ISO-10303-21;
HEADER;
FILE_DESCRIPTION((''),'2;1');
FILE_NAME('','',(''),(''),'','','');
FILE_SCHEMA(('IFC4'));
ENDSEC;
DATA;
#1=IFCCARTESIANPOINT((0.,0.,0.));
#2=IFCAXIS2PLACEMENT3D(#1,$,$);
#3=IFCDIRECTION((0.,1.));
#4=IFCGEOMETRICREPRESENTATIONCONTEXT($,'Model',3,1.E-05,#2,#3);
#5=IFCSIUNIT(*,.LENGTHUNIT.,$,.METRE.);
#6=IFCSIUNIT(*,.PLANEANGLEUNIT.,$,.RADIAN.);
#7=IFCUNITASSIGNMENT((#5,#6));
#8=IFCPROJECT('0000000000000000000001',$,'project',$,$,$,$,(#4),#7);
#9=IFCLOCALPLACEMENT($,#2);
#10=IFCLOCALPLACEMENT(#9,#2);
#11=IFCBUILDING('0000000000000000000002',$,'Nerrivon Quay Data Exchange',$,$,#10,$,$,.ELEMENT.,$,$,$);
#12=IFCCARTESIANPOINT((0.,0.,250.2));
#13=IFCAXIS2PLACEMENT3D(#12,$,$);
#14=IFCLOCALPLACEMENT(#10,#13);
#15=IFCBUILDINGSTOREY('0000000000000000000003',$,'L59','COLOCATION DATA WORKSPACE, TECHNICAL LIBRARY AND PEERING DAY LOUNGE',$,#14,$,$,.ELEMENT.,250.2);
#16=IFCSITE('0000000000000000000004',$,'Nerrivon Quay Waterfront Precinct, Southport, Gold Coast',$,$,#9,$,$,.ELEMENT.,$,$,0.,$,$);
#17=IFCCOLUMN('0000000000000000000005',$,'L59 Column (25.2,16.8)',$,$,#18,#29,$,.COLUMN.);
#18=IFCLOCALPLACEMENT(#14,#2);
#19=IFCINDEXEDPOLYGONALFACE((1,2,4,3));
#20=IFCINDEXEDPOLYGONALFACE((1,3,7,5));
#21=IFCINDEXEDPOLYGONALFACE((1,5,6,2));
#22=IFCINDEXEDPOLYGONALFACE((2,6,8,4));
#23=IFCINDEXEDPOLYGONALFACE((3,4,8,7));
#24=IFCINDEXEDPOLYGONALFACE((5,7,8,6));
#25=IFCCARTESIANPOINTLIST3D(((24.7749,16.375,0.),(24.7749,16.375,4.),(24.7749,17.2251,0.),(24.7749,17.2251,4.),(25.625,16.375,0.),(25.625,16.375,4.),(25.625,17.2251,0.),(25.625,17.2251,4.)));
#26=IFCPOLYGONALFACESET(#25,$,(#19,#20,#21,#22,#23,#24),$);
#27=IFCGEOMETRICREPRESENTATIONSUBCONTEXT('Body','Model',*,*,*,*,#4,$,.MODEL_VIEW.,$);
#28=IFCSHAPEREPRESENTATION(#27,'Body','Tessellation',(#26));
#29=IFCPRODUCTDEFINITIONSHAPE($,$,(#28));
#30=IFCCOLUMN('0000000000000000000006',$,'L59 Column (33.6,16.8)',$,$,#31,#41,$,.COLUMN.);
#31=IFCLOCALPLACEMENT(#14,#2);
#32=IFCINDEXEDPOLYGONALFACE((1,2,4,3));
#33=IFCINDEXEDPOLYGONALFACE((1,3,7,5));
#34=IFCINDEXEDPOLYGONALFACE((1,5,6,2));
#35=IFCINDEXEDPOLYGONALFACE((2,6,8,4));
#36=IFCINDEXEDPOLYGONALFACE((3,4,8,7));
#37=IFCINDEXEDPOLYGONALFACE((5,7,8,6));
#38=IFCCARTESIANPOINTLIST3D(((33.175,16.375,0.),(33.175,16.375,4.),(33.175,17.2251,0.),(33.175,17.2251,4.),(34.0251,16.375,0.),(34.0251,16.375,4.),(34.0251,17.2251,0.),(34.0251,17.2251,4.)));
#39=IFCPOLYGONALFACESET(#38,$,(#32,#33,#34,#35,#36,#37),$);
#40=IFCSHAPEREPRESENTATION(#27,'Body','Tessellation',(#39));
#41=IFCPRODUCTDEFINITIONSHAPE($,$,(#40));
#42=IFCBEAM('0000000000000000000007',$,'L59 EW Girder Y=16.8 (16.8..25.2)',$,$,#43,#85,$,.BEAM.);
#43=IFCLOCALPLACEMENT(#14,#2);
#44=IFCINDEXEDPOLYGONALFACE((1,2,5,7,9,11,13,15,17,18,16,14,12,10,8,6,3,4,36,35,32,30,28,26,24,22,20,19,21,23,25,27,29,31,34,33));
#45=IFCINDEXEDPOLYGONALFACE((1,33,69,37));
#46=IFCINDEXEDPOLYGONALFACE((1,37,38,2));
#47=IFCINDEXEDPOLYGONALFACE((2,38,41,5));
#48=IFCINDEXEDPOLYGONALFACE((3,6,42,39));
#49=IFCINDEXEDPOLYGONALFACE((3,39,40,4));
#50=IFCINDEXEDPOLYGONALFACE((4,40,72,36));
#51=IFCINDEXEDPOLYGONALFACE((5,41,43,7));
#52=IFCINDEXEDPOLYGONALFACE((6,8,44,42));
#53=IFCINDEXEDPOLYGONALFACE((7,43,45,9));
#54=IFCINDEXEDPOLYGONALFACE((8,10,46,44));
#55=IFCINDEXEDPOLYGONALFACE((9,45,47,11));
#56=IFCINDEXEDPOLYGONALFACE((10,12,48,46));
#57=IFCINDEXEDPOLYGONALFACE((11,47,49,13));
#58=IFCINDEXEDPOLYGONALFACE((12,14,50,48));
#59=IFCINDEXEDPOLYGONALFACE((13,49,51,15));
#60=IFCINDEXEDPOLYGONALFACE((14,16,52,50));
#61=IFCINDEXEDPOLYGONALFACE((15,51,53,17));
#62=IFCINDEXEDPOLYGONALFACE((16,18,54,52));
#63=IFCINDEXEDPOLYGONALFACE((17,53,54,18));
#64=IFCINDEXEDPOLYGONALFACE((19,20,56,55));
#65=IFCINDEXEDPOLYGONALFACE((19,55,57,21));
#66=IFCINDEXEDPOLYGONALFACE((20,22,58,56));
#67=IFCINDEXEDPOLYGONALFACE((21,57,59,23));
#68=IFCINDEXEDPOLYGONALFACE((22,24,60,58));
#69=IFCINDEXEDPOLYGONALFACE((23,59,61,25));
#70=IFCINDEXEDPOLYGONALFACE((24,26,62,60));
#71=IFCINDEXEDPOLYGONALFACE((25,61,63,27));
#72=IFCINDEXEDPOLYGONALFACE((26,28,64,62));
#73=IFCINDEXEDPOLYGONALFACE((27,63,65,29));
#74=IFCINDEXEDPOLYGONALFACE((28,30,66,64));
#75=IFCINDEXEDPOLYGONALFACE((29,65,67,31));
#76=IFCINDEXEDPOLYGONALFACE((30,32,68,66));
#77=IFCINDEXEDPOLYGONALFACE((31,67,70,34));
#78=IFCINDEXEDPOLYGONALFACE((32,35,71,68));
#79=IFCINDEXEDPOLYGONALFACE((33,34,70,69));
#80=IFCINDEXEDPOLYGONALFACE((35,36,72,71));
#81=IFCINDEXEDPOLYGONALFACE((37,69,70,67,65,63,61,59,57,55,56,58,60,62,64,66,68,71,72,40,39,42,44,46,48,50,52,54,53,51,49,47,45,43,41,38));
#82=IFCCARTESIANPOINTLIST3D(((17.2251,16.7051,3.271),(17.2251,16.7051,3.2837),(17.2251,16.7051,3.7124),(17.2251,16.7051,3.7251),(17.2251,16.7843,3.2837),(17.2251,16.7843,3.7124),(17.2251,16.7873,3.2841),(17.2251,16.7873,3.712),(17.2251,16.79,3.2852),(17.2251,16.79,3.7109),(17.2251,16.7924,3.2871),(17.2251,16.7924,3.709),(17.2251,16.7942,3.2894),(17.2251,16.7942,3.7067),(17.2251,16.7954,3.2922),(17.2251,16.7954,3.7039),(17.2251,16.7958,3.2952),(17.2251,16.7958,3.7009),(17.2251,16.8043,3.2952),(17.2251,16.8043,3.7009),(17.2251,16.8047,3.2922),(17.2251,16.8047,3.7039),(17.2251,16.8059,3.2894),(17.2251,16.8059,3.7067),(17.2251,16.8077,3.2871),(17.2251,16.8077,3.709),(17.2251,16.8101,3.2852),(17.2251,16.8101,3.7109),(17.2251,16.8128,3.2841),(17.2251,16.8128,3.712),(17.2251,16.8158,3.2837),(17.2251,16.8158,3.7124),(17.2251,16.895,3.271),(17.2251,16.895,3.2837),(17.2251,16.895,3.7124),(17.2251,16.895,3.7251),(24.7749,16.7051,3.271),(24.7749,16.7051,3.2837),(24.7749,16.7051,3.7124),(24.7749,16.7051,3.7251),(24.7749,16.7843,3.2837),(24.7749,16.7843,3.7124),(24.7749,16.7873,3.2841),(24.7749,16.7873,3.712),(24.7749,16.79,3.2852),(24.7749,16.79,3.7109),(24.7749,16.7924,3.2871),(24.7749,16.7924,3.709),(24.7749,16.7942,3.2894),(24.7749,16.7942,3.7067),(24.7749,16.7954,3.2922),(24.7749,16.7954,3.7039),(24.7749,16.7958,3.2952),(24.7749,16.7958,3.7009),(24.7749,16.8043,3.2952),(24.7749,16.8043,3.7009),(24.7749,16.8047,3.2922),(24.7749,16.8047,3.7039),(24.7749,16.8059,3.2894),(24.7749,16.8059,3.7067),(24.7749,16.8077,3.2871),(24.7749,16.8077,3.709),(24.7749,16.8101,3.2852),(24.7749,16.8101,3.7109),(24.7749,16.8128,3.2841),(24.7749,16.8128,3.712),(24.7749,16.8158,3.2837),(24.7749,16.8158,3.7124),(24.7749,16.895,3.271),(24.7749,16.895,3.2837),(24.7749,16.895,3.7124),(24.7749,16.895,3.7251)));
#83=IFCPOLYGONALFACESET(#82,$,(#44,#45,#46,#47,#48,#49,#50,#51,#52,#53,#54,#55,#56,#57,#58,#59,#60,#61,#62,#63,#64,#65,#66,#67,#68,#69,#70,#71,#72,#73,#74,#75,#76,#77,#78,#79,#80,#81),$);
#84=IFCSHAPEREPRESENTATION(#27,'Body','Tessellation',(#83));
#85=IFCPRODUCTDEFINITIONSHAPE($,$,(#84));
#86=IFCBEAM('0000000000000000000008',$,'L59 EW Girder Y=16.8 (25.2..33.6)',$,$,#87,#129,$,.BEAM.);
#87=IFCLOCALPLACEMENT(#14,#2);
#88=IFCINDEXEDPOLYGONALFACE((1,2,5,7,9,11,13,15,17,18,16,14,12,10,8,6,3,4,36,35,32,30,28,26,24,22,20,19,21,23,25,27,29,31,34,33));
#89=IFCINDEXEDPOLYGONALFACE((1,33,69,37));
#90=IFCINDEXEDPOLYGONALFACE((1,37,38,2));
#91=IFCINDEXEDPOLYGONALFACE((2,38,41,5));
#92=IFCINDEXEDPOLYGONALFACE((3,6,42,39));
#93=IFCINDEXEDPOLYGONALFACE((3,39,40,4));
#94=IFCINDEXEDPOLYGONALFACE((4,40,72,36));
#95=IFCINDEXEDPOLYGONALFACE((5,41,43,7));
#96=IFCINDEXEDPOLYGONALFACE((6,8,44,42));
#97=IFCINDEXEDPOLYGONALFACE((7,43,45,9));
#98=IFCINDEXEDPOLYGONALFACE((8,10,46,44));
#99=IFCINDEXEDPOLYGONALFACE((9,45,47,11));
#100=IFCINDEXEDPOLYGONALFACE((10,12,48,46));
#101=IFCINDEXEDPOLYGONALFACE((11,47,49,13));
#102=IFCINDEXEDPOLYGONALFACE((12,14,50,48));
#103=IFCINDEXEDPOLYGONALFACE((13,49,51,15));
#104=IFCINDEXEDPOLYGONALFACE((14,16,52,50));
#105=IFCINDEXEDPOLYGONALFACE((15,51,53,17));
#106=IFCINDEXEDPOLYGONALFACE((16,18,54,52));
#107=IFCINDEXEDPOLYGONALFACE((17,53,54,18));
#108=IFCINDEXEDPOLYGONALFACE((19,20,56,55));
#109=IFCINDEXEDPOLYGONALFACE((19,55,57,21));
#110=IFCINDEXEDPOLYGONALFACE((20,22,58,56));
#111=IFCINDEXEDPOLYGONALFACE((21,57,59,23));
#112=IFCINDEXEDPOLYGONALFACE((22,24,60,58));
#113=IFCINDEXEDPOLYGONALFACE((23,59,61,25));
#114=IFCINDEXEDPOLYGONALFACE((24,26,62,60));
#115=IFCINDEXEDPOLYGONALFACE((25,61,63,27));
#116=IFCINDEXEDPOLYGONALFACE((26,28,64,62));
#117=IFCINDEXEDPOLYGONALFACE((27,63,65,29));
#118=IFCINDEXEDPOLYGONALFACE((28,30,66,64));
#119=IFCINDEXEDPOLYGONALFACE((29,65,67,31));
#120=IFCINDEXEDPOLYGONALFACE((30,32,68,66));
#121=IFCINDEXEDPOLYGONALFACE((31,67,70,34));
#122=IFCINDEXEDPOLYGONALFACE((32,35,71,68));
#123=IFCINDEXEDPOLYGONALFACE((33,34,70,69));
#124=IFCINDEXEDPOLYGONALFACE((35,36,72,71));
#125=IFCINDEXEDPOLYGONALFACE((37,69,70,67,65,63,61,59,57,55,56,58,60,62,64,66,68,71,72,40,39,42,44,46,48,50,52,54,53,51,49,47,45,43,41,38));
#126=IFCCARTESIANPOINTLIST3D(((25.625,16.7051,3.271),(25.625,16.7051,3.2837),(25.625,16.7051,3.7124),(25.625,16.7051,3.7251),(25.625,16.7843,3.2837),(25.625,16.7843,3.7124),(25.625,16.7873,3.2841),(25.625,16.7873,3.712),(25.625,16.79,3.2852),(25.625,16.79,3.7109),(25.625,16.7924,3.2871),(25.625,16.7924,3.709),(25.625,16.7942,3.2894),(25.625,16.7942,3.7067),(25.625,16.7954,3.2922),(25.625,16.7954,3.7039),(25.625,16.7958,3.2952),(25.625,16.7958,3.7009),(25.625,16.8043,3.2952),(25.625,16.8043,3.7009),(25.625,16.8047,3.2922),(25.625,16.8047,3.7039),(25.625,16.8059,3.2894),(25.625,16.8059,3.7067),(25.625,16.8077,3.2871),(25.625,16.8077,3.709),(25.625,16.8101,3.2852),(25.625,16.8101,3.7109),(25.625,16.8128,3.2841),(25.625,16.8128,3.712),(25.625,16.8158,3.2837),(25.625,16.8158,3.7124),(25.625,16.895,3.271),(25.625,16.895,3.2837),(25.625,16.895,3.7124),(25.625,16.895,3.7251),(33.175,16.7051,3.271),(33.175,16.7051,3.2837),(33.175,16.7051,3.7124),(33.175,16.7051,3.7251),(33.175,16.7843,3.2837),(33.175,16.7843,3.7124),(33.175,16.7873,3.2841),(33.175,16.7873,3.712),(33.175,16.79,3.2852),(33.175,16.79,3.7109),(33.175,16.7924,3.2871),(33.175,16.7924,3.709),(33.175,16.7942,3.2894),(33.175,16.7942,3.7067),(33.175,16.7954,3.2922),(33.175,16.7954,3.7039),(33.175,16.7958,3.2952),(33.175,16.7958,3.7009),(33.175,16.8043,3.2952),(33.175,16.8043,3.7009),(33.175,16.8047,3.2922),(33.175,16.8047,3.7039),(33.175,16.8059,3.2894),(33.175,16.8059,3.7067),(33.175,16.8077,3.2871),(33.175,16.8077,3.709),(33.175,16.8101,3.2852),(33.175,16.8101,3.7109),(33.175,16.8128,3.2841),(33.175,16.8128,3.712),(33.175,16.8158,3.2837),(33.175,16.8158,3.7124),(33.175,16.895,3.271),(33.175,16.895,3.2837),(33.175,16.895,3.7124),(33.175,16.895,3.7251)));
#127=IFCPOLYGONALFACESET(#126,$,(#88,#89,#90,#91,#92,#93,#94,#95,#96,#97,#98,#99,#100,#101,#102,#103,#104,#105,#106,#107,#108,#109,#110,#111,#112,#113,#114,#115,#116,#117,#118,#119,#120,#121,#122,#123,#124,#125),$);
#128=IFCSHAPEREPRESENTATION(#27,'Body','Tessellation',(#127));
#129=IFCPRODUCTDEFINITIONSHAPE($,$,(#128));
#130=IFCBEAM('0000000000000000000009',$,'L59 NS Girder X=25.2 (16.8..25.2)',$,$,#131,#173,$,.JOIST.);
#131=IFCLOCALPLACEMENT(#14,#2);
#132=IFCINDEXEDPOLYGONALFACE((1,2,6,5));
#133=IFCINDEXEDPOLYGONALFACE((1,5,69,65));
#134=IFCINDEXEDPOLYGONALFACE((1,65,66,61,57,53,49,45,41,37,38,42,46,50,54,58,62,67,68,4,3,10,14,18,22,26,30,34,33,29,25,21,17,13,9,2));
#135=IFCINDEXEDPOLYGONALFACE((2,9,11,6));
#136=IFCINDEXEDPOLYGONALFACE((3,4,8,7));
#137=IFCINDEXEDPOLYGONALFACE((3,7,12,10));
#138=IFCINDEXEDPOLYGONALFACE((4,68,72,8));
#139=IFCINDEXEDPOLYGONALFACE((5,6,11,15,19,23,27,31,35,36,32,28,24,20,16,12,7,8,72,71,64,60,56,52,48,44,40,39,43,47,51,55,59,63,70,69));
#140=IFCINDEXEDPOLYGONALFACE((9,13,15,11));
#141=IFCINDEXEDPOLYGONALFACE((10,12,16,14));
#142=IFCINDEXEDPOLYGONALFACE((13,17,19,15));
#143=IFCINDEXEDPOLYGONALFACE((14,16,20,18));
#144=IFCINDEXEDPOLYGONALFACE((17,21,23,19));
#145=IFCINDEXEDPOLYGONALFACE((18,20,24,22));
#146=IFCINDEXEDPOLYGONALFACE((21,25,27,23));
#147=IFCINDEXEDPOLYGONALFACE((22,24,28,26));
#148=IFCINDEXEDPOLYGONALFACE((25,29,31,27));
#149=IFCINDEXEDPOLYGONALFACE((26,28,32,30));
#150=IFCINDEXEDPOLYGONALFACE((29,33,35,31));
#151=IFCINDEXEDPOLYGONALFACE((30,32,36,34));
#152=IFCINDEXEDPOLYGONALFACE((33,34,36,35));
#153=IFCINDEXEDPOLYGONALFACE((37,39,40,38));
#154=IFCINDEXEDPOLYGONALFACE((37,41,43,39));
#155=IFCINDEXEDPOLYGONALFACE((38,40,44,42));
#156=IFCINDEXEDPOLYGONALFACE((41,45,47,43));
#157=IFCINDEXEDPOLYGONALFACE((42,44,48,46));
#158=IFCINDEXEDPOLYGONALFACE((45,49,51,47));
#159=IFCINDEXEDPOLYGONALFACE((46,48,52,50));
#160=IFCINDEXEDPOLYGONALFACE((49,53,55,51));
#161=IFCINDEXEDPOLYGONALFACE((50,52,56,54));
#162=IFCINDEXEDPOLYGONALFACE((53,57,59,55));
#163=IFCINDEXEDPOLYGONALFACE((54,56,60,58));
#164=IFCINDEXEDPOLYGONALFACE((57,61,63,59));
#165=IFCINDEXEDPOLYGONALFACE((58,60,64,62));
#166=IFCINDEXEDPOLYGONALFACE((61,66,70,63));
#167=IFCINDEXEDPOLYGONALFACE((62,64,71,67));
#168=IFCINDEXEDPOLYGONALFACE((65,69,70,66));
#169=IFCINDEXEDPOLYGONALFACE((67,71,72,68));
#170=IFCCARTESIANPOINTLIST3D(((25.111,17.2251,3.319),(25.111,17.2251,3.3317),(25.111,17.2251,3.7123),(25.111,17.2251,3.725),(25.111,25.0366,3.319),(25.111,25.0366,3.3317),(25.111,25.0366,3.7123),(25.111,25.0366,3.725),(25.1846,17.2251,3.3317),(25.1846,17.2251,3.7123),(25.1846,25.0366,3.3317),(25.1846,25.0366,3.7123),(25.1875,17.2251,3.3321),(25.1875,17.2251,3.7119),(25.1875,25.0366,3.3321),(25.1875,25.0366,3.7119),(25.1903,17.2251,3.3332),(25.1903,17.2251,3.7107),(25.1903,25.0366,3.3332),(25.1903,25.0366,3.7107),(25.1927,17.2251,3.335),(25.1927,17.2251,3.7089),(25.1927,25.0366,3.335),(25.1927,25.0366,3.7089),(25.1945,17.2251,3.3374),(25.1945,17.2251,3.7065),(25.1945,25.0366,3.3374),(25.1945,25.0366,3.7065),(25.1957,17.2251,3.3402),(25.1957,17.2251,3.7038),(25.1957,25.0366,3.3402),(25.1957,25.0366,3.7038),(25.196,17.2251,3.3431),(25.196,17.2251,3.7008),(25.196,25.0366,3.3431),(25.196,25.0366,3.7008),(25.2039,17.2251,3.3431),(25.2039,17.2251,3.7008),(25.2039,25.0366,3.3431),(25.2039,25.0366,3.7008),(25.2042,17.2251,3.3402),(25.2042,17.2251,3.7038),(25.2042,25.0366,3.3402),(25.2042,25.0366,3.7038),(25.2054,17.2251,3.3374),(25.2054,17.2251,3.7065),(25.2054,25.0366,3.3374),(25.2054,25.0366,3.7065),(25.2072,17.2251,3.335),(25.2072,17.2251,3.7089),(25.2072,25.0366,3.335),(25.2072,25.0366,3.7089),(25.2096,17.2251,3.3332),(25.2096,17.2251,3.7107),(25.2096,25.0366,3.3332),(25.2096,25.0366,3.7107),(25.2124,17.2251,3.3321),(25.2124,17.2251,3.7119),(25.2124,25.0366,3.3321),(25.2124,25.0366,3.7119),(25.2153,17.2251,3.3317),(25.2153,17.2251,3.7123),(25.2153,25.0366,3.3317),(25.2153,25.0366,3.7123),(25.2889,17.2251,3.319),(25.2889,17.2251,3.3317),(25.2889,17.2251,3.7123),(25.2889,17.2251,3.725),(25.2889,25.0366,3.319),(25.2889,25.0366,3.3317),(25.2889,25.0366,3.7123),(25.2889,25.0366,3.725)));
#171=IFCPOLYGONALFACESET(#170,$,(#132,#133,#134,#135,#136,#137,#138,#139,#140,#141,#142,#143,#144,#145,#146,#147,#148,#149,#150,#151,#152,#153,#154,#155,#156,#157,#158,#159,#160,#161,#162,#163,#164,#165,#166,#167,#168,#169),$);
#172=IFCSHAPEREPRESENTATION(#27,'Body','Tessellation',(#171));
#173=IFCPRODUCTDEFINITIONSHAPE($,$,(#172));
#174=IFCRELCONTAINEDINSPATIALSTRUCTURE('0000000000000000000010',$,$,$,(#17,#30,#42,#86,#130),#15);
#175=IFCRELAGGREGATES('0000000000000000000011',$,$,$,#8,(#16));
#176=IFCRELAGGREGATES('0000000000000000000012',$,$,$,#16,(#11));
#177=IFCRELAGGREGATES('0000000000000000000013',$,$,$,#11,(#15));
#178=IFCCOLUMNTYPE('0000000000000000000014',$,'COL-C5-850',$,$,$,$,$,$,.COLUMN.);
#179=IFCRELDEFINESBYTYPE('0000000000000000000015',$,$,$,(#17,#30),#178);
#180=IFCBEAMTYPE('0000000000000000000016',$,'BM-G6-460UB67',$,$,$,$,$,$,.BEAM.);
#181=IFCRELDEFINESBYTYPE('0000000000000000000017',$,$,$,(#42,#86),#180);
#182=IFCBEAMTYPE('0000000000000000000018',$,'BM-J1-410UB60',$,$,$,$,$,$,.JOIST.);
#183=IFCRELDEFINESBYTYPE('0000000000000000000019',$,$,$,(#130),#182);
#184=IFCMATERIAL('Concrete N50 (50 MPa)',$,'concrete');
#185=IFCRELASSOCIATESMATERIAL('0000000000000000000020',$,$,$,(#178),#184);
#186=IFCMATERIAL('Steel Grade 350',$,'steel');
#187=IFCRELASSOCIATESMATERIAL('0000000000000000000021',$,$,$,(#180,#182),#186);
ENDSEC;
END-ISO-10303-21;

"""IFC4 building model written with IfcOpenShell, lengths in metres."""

from ifc_helpers import new_model, si_unit, direction, frame, origin, origin_2d, place, context, subcontext, project, spatial, rectangle, i_section, extrude, material, material_profile, profile_set, type_object, element, save


model = new_model("IFC4")

# Units and contexts
model_context = context("Model", 3, precision=1e-05, world=origin(), true_north=direction((0.0, 1.0)))
body_context = subcontext(model_context, "Body", "Model", "MODEL_VIEW")
ifc_project = project(units=[si_unit("LENGTHUNIT", "METRE"), si_unit("PLANEANGLEUNIT", "RADIAN")], contexts=[model_context])

# Site, building, storey
site_placement = place(None, origin())
site = spatial("IfcSite", under=ifc_project, at=site_placement, Name="Nerrivon Quay Waterfront Precinct, Southport, Gold Coast", CompositionType="ELEMENT", RefElevation=0.0)
building_placement = place(site_placement, origin())
building = spatial("IfcBuilding", under=site, at=building_placement, Name="Nerrivon Quay Data Exchange", CompositionType="ELEMENT")
storey_placement = place(building_placement, frame((0.0, 0.0, 250.2)))
storey = spatial("IfcBuildingStorey", under=building, at=storey_placement, Name="L59", Description="COLOCATION DATA WORKSPACE, TECHNICAL LIBRARY AND PEERING DAY LOUNGE", CompositionType="ELEMENT", Elevation=250.2)

# Columns
ifc_material_1 = material(Name="Concrete N50 (50 MPa)", Category="concrete")
ifc_material_profile_1 = material_profile(ifc_material_1, rectangle(XDim=0.8501, YDim=0.8501, at=origin_2d()), Name="RC-COL-850x850")
ifc_profile_set_1 = profile_set([ifc_material_profile_1], Name="Concrete N50 (50 MPa)")
column_type = type_object("IfcColumnType", Name="COL-C5-850", PredefinedType="COLUMN", material=ifc_profile_set_1)
for number, where, z_axis, x_axis, name in (
    (1, (25.2, 16.8, 0.0), (0.0, 0.0, 1.0), (1.0, 0.0, 0.0), "L59 Column (25.2,16.8)"),
    (2, (33.6001, 16.8, 0.0), (0.0, 0.0, 1.0), (1.0, 0.0, 0.0), "L59 Column (33.6,16.8)"),
):
    element("IfcColumn", number, at=place(storey_placement, frame(where, z_axis=z_axis, x_axis=x_axis)), inside=storey, type_object=column_type, Name=name, PredefinedType="COLUMN", context=body_context, shape_type="SweptSolid", body=[
        extrude(rectangle(XDim=0.8501, YDim=0.8501, at=origin_2d()), origin(), (0.0, 0.0, 1.0), 4.0),
    ])

# Beams
ifc_material_2 = material(Name="Steel Grade 350", Category="steel")
ifc_material_profile_2 = material_profile(ifc_material_2, i_section(OverallWidth=0.1899, OverallDepth=0.4541, WebThickness=0.0085, FlangeThickness=0.0127, FilletRadius=0.0115, at=origin_2d()), Name="460UB67.1")
ifc_profile_set_2 = profile_set([ifc_material_profile_2], Name="Steel Grade 350")
beam_type_1 = type_object("IfcBeamType", Name="BM-G6-460UB67", PredefinedType="BEAM", material=ifc_profile_set_2)
beam_1_placement = place(storey_placement, frame((17.2251, 16.8, 3.498), z_axis=(1.0, 0.0, 0.0), x_axis=(0.0, 1.0, 0.0)))
element("IfcBeam", 3, at=beam_1_placement, inside=storey, type_object=beam_type_1, Name="L59 EW Girder Y=16.8 (16.8..25.2)", PredefinedType="BEAM", context=body_context, shape_type="SweptSolid", body=[
    extrude(i_section(OverallWidth=0.1899, OverallDepth=0.4541, WebThickness=0.0085, FlangeThickness=0.0127, FilletRadius=0.0115, at=origin_2d()), origin(), (0.0, 0.0, 1.0), 7.5498),
])
beam_2_placement = place(storey_placement, frame((25.625, 16.8, 3.498), z_axis=(1.0, 0.0, 0.0), x_axis=(0.0, 1.0, 0.0)))
element("IfcBeam", 4, at=beam_2_placement, inside=storey, type_object=beam_type_1, Name="L59 EW Girder Y=16.8 (25.2..33.6)", PredefinedType="BEAM", context=body_context, shape_type="SweptSolid", body=[
    extrude(i_section(OverallWidth=0.1899, OverallDepth=0.4541, WebThickness=0.0085, FlangeThickness=0.0127, FilletRadius=0.0115, at=origin_2d()), origin(), (0.0, 0.0, 1.0), 7.55),
])
ifc_material_profile_3 = material_profile(ifc_material_2, i_section(OverallWidth=0.178, OverallDepth=0.406, WebThickness=0.0078, FlangeThickness=0.0127, FilletRadius=0.0115, at=origin_2d()), Name="410UB59.7")
ifc_profile_set_3 = profile_set([ifc_material_profile_3], Name="Steel Grade 350")
beam_type_2 = type_object("IfcBeamType", Name="BM-J1-410UB60", PredefinedType="JOIST", material=ifc_profile_set_3)
beam_3_placement = place(storey_placement, frame((25.2, 17.2251, 3.522), z_axis=(0.0, 1.0, 0.0), x_axis=(-1.0, 0.0, 0.0)))
element("IfcBeam", 5, at=beam_3_placement, inside=storey, type_object=beam_type_2, Name="L59 NS Girder X=25.2 (16.8..25.2)", PredefinedType="JOIST", context=body_context, shape_type="SweptSolid", body=[
    extrude(i_section(OverallWidth=0.178, OverallDepth=0.406, WebThickness=0.0078, FlangeThickness=0.0127, FilletRadius=0.0115, at=origin_2d()), origin(), (0.0, 0.0, 1.0), 7.8115),
])

save(model, "model.ifc")
